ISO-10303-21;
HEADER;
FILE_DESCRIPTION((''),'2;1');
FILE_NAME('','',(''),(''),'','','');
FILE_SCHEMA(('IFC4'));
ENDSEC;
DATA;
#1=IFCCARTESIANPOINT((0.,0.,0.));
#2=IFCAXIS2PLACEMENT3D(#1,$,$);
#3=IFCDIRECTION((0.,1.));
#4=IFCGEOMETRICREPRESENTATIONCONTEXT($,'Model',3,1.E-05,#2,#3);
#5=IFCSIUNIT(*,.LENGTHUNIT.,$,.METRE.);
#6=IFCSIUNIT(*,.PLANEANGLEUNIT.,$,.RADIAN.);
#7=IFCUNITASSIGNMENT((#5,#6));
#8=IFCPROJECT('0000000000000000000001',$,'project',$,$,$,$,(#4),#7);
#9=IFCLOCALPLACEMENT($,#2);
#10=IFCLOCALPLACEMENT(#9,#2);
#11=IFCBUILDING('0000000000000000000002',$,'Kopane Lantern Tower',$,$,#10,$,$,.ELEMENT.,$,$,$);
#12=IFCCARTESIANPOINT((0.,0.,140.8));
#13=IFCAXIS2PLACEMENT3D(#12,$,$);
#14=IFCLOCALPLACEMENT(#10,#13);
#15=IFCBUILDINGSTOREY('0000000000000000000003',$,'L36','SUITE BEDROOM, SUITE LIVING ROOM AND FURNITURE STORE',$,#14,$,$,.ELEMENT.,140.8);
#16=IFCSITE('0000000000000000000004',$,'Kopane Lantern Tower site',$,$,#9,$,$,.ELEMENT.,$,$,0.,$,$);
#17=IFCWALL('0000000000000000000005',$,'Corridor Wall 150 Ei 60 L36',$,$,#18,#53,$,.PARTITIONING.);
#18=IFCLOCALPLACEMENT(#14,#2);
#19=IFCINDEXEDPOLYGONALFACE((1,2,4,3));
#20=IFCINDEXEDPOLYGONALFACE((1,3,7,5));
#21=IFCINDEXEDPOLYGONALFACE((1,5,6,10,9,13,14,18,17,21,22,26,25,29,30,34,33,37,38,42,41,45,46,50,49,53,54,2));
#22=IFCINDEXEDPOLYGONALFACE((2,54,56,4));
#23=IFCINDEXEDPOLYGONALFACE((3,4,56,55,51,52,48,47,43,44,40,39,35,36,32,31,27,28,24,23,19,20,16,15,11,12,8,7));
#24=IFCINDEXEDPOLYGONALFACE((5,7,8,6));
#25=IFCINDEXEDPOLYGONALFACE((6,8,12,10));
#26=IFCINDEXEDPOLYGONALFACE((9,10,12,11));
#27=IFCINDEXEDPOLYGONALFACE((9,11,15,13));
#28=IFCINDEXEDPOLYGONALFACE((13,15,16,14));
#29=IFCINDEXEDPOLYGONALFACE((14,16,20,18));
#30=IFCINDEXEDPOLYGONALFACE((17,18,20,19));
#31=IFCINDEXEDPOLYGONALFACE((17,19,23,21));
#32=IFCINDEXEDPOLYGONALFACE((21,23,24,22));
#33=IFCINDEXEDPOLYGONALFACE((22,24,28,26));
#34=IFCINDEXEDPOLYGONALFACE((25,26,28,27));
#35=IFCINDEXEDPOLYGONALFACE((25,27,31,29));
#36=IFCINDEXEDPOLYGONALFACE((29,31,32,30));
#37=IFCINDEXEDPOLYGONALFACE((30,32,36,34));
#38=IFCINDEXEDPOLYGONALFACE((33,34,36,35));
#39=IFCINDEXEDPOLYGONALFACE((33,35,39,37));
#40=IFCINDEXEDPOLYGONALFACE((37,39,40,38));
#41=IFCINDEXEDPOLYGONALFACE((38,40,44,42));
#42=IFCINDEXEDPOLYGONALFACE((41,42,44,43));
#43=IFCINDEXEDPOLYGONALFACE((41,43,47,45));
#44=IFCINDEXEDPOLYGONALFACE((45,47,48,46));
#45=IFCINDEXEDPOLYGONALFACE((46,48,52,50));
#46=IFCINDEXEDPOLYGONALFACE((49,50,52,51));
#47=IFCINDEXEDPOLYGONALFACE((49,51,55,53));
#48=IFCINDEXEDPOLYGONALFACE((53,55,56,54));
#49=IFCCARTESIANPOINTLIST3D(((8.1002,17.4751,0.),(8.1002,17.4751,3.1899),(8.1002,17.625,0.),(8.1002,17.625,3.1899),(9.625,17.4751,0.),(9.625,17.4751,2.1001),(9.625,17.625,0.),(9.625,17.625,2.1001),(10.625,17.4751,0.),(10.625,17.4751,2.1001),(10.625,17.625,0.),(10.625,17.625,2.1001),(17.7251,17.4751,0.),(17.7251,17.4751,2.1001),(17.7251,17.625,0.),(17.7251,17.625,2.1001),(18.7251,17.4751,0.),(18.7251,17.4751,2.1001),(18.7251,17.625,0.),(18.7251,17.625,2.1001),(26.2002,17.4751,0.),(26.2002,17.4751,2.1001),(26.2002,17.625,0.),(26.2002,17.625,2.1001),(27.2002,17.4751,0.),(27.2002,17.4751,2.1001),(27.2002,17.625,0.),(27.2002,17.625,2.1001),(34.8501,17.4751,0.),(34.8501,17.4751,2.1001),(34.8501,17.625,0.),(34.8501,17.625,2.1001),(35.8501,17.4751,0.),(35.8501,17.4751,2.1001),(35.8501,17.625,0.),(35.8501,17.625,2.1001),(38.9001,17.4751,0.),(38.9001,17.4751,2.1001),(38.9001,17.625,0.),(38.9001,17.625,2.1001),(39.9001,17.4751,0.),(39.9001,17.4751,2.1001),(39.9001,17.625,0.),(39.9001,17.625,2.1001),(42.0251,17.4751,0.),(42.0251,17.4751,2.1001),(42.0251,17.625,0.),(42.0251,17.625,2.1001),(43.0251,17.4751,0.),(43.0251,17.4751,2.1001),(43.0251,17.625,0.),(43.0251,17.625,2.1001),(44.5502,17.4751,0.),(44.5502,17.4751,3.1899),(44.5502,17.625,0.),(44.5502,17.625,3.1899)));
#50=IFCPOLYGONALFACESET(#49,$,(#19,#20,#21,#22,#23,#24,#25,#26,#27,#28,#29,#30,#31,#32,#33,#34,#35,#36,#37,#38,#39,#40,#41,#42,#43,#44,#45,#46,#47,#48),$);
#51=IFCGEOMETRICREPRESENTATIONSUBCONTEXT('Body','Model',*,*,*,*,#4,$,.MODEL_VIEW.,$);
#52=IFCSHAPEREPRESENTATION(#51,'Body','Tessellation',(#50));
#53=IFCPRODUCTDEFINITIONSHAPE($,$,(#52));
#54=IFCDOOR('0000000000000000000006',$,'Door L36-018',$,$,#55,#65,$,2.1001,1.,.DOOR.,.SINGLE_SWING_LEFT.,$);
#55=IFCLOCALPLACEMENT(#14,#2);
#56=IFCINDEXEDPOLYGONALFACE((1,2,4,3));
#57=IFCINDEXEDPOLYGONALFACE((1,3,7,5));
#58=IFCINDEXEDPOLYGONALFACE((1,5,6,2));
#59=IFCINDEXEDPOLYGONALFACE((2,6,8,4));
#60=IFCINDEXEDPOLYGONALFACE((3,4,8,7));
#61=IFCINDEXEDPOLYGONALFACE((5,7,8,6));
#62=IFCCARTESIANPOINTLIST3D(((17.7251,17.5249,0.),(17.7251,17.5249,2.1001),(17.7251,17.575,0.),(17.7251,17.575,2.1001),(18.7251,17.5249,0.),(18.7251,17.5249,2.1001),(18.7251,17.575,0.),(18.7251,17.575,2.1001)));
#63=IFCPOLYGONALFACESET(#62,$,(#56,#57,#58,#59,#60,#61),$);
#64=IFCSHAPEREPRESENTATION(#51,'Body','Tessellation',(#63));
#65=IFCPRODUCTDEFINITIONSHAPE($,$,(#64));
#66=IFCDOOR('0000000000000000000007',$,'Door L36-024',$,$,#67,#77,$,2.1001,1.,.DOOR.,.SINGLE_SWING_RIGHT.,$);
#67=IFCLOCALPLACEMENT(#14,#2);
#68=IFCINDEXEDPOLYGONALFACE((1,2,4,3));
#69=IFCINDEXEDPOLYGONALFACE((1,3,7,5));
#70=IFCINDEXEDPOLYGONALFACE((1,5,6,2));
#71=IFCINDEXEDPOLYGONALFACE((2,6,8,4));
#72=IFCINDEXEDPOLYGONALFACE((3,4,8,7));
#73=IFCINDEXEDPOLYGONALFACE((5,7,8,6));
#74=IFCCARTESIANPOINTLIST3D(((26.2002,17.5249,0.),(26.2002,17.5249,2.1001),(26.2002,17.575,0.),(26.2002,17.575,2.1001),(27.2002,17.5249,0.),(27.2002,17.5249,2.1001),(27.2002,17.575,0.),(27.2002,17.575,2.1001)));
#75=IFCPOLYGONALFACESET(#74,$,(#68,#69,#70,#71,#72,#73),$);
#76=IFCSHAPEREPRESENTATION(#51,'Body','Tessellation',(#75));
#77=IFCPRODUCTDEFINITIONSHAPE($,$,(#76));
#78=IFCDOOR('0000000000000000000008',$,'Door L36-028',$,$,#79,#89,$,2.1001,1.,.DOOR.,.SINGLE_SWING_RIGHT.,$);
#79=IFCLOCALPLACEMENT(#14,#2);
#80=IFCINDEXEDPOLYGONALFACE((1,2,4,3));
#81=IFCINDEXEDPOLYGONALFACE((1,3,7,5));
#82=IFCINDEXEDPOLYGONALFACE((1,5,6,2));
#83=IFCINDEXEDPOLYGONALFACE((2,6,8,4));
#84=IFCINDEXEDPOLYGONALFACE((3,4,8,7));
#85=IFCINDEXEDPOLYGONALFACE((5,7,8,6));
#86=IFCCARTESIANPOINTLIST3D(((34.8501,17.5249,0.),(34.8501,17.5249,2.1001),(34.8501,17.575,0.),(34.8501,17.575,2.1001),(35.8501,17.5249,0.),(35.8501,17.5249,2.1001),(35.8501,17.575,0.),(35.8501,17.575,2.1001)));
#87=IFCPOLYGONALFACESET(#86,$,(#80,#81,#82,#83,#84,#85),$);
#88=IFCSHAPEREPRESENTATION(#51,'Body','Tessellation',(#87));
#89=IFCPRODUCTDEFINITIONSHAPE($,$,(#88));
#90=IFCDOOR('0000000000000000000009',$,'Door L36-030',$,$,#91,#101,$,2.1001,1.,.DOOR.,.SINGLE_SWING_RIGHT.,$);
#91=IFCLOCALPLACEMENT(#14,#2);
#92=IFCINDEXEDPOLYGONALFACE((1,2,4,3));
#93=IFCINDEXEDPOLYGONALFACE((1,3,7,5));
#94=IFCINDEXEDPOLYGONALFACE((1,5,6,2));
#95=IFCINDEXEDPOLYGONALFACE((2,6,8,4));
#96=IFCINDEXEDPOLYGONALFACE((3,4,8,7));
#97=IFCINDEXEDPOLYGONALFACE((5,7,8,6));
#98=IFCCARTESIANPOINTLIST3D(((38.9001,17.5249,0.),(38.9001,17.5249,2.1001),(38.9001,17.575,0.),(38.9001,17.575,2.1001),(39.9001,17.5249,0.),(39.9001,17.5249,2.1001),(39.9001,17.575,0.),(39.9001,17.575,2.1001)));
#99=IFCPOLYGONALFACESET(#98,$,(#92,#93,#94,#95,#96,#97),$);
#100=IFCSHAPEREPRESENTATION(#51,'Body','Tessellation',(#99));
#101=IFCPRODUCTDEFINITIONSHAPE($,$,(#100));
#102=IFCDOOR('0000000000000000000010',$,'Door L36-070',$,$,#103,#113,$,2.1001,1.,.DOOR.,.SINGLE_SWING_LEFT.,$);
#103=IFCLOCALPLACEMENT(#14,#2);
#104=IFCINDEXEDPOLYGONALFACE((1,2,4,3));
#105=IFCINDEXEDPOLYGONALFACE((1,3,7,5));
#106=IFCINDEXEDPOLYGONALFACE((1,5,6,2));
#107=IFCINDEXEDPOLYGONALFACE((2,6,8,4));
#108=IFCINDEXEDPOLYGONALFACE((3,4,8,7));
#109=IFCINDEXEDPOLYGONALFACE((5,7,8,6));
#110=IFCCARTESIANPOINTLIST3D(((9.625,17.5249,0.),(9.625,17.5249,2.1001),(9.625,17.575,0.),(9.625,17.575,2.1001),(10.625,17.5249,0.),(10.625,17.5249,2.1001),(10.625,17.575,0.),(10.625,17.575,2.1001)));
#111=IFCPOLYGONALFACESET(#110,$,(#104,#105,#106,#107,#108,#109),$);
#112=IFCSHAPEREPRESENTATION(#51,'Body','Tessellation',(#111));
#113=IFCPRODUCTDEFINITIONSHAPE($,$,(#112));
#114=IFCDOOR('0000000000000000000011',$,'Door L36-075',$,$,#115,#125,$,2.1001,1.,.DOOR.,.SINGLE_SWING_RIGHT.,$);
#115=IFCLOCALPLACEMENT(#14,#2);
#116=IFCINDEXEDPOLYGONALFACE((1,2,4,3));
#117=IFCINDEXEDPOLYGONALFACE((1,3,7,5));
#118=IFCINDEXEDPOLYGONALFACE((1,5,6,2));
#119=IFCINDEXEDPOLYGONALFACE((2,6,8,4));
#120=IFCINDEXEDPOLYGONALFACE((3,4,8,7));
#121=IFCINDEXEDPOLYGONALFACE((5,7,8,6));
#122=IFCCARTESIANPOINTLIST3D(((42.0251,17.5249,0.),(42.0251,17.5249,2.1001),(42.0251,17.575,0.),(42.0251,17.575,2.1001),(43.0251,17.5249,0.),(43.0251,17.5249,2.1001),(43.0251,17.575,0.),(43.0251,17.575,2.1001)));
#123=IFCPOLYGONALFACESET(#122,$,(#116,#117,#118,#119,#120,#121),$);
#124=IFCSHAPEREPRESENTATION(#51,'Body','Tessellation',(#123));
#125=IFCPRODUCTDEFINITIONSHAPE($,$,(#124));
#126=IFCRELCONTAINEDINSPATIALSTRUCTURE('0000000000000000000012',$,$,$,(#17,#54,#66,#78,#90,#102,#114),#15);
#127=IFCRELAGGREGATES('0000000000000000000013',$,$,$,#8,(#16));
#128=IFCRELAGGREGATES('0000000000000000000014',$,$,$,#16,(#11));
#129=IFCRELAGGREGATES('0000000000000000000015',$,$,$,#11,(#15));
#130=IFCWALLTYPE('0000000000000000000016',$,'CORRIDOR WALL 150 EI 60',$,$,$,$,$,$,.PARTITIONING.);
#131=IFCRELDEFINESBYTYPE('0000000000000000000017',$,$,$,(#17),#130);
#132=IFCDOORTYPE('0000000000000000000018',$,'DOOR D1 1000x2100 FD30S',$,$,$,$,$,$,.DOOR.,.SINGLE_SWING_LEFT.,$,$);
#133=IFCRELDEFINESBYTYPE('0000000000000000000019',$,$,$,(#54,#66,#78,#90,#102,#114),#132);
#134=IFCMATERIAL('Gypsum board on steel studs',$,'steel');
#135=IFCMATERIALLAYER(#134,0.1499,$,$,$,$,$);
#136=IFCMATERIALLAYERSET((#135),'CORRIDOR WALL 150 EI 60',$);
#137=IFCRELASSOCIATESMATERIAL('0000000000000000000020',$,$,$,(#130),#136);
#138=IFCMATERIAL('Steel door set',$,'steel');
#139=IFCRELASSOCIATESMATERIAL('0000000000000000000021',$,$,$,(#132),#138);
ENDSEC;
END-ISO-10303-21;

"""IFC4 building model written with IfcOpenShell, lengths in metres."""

from ifc_helpers import new_model, si_unit, direction, frame, frame_2d, origin, place, context, subcontext, project, spatial, rectangle, extrude, material, layer, layer_set, type_object, element, fill, save


model = new_model("IFC4")

# Units and contexts
model_context = context("Model", 3, precision=1e-05, world=origin(), true_north=direction((0.0, 1.0)))
body_context = subcontext(model_context, "Body", "Model", "MODEL_VIEW")
ifc_project = project(units=[si_unit("LENGTHUNIT", "METRE"), si_unit("PLANEANGLEUNIT", "RADIAN")], contexts=[model_context])

# Site, building, storey
site_placement = place(None, origin())
site = spatial("IfcSite", under=ifc_project, at=site_placement, Name="Kopane Lantern Tower site", CompositionType="ELEMENT", RefElevation=0.0)
building_placement = place(site_placement, origin())
building = spatial("IfcBuilding", under=site, at=building_placement, Name="Kopane Lantern Tower", CompositionType="ELEMENT")
storey_placement = place(building_placement, frame((0.0, 0.0, 140.8)))
storey = spatial("IfcBuildingStorey", under=building, at=storey_placement, Name="L36", Description="SUITE BEDROOM, SUITE LIVING ROOM AND FURNITURE STORE", CompositionType="ELEMENT", Elevation=140.8)

# Wall, openings, doors
ifc_material_1 = material(Name="Gypsum board on steel studs", Category="steel")
ifc_layer_1 = layer(ifc_material_1, 0.1499)
ifc_layer_set_1 = layer_set([ifc_layer_1], Name="CORRIDOR WALL 150 EI 60")
wall_type_1 = type_object("IfcWallType", Name="CORRIDOR WALL 150 EI 60", PredefinedType="PARTITIONING", material=ifc_layer_set_1)
wall_1_placement = place(storey_placement, frame((8.1001, 17.55, 0.0), z_axis=(0.0, 0.0, 1.0), x_axis=(1.0, 0.0, 0.0)))
wall_1 = element("IfcWall", 1, at=wall_1_placement, inside=storey, type_object=wall_type_1, Name="Corridor Wall 150 Ei 60 L36", PredefinedType="PARTITIONING", context=body_context, shape_type="SweptSolid", body=[
    extrude(rectangle(XDim=36.45, YDim=0.1499, at=frame_2d((18.2251, 0.0))), origin(), (0.0, 0.0, 1.0), 3.1899),
])
opening_1_placement = place(wall_1_placement, frame((9.625, 0.0, 0.0)))
opening_1 = element("IfcOpeningElement", 2, at=opening_1_placement, cuts=wall_1, PredefinedType="OPENING", context=body_context, shape_type="SweptSolid", body=[
    extrude(rectangle(XDim=1.0, YDim=2.1001, at=frame_2d((0.5, 1.05))), frame((0.0, 0.085, 0.0), z_axis=(0.0, -1.0, 0.0), x_axis=(1.0, 0.0, 0.0)), (0.0, 0.0, 1.0), 0.1699),
])
opening_2_placement = place(wall_1_placement, frame((18.1001, 0.0, 0.0)))
opening_2 = element("IfcOpeningElement", 3, at=opening_2_placement, cuts=wall_1, PredefinedType="OPENING", context=body_context, shape_type="SweptSolid", body=[
    extrude(rectangle(XDim=1.0, YDim=2.1001, at=frame_2d((0.5, 1.05))), frame((0.0, 0.085, 0.0), z_axis=(0.0, -1.0, 0.0), x_axis=(1.0, 0.0, 0.0)), (0.0, 0.0, 1.0), 0.1699),
])
opening_3_placement = place(wall_1_placement, frame((26.75, 0.0, 0.0)))
opening_3 = element("IfcOpeningElement", 4, at=opening_3_placement, cuts=wall_1, PredefinedType="OPENING", context=body_context, shape_type="SweptSolid", body=[
    extrude(rectangle(XDim=1.0, YDim=2.1001, at=frame_2d((0.5, 1.05))), frame((0.0, 0.085, 0.0), z_axis=(0.0, -1.0, 0.0), x_axis=(1.0, 0.0, 0.0)), (0.0, 0.0, 1.0), 0.1699),
])
opening_4_placement = place(wall_1_placement, frame((30.8, 0.0, 0.0)))
opening_4 = element("IfcOpeningElement", 5, at=opening_4_placement, cuts=wall_1, PredefinedType="OPENING", context=body_context, shape_type="SweptSolid", body=[
    extrude(rectangle(XDim=1.0, YDim=2.1001, at=frame_2d((0.5, 1.05))), frame((0.0, 0.085, 0.0), z_axis=(0.0, -1.0, 0.0), x_axis=(1.0, 0.0, 0.0)), (0.0, 0.0, 1.0), 0.1699),
])
opening_5_placement = place(wall_1_placement, frame((1.5249, 0.0, 0.0)))
opening_5 = element("IfcOpeningElement", 6, at=opening_5_placement, cuts=wall_1, PredefinedType="OPENING", context=body_context, shape_type="SweptSolid", body=[
    extrude(rectangle(XDim=1.0, YDim=2.1001, at=frame_2d((0.5, 1.05))), frame((0.0, 0.085, 0.0), z_axis=(0.0, -1.0, 0.0), x_axis=(1.0, 0.0, 0.0)), (0.0, 0.0, 1.0), 0.1699),
])
opening_6_placement = place(wall_1_placement, frame((33.925, 0.0, 0.0)))
opening_6 = element("IfcOpeningElement", 7, at=opening_6_placement, cuts=wall_1, PredefinedType="OPENING", context=body_context, shape_type="SweptSolid", body=[
    extrude(rectangle(XDim=1.0, YDim=2.1001, at=frame_2d((0.5, 1.05))), frame((0.0, 0.085, 0.0), z_axis=(0.0, -1.0, 0.0), x_axis=(1.0, 0.0, 0.0)), (0.0, 0.0, 1.0), 0.1699),
])
ifc_material_2 = material(Name="Steel door set", Category="steel")
door_type_1 = type_object("IfcDoorType", Name="DOOR D1 1000x2100 FD30S", OperationType="SINGLE_SWING_LEFT", PredefinedType="DOOR", material=ifc_material_2)
door_1_placement = place(opening_1_placement, origin())
door_1 = element("IfcDoor", 8, at=door_1_placement, inside=storey, type_object=door_type_1, Name="Door L36-018", OperationType="SINGLE_SWING_LEFT", OverallHeight=2.1001, OverallWidth=1.0, PredefinedType="DOOR", context=body_context, shape_type="SweptSolid", body=[
    extrude(rectangle(XDim=1.0, YDim=2.1001, at=frame_2d((0.5, 1.05))), frame((0.0, 0.0249, 0.0), z_axis=(0.0, -1.0, 0.0), x_axis=(1.0, 0.0, 0.0)), (0.0, 0.0, 1.0), 0.05),
])
fill(opening_1, door_1)
door_2_placement = place(opening_2_placement, origin())
door_2 = element("IfcDoor", 9, at=door_2_placement, inside=storey, type_object=door_type_1, Name="Door L36-024", OperationType="SINGLE_SWING_RIGHT", OverallHeight=2.1001, OverallWidth=1.0, PredefinedType="DOOR", context=body_context, shape_type="SweptSolid", body=[
    extrude(rectangle(XDim=1.0, YDim=2.1001, at=frame_2d((0.5, 1.05))), frame((0.0, 0.0249, 0.0), z_axis=(0.0, -1.0, 0.0), x_axis=(1.0, 0.0, 0.0)), (0.0, 0.0, 1.0), 0.05),
])
fill(opening_2, door_2)
door_3_placement = place(opening_3_placement, origin())
door_3 = element("IfcDoor", 10, at=door_3_placement, inside=storey, type_object=door_type_1, Name="Door L36-028", OperationType="SINGLE_SWING_RIGHT", OverallHeight=2.1001, OverallWidth=1.0, PredefinedType="DOOR", context=body_context, shape_type="SweptSolid", body=[
    extrude(rectangle(XDim=1.0, YDim=2.1001, at=frame_2d((0.5, 1.05))), frame((0.0, 0.0249, 0.0), z_axis=(0.0, -1.0, 0.0), x_axis=(1.0, 0.0, 0.0)), (0.0, 0.0, 1.0), 0.05),
])
fill(opening_3, door_3)
door_4_placement = place(opening_4_placement, origin())
door_4 = element("IfcDoor", 11, at=door_4_placement, inside=storey, type_object=door_type_1, Name="Door L36-030", OperationType="SINGLE_SWING_RIGHT", OverallHeight=2.1001, OverallWidth=1.0, PredefinedType="DOOR", context=body_context, shape_type="SweptSolid", body=[
    extrude(rectangle(XDim=1.0, YDim=2.1001, at=frame_2d((0.5, 1.05))), frame((0.0, 0.0249, 0.0), z_axis=(0.0, -1.0, 0.0), x_axis=(1.0, 0.0, 0.0)), (0.0, 0.0, 1.0), 0.05),
])
fill(opening_4, door_4)
door_5_placement = place(opening_5_placement, origin())
door_5 = element("IfcDoor", 12, at=door_5_placement, inside=storey, type_object=door_type_1, Name="Door L36-070", OperationType="SINGLE_SWING_LEFT", OverallHeight=2.1001, OverallWidth=1.0, PredefinedType="DOOR", context=body_context, shape_type="SweptSolid", body=[
    extrude(rectangle(XDim=1.0, YDim=2.1001, at=frame_2d((0.5, 1.05))), frame((0.0, 0.0249, 0.0), z_axis=(0.0, -1.0, 0.0), x_axis=(1.0, 0.0, 0.0)), (0.0, 0.0, 1.0), 0.05),
])
fill(opening_5, door_5)
door_6_placement = place(opening_6_placement, origin())
door_6 = element("IfcDoor", 13, at=door_6_placement, inside=storey, type_object=door_type_1, Name="Door L36-075", OperationType="SINGLE_SWING_RIGHT", OverallHeight=2.1001, OverallWidth=1.0, PredefinedType="DOOR", context=body_context, shape_type="SweptSolid", body=[
    extrude(rectangle(XDim=1.0, YDim=2.1001, at=frame_2d((0.5, 1.05))), frame((0.0, 0.0249, 0.0), z_axis=(0.0, -1.0, 0.0), x_axis=(1.0, 0.0, 0.0)), (0.0, 0.0, 1.0), 0.05),
])
fill(opening_6, door_6)

save(model, "model.ifc")
